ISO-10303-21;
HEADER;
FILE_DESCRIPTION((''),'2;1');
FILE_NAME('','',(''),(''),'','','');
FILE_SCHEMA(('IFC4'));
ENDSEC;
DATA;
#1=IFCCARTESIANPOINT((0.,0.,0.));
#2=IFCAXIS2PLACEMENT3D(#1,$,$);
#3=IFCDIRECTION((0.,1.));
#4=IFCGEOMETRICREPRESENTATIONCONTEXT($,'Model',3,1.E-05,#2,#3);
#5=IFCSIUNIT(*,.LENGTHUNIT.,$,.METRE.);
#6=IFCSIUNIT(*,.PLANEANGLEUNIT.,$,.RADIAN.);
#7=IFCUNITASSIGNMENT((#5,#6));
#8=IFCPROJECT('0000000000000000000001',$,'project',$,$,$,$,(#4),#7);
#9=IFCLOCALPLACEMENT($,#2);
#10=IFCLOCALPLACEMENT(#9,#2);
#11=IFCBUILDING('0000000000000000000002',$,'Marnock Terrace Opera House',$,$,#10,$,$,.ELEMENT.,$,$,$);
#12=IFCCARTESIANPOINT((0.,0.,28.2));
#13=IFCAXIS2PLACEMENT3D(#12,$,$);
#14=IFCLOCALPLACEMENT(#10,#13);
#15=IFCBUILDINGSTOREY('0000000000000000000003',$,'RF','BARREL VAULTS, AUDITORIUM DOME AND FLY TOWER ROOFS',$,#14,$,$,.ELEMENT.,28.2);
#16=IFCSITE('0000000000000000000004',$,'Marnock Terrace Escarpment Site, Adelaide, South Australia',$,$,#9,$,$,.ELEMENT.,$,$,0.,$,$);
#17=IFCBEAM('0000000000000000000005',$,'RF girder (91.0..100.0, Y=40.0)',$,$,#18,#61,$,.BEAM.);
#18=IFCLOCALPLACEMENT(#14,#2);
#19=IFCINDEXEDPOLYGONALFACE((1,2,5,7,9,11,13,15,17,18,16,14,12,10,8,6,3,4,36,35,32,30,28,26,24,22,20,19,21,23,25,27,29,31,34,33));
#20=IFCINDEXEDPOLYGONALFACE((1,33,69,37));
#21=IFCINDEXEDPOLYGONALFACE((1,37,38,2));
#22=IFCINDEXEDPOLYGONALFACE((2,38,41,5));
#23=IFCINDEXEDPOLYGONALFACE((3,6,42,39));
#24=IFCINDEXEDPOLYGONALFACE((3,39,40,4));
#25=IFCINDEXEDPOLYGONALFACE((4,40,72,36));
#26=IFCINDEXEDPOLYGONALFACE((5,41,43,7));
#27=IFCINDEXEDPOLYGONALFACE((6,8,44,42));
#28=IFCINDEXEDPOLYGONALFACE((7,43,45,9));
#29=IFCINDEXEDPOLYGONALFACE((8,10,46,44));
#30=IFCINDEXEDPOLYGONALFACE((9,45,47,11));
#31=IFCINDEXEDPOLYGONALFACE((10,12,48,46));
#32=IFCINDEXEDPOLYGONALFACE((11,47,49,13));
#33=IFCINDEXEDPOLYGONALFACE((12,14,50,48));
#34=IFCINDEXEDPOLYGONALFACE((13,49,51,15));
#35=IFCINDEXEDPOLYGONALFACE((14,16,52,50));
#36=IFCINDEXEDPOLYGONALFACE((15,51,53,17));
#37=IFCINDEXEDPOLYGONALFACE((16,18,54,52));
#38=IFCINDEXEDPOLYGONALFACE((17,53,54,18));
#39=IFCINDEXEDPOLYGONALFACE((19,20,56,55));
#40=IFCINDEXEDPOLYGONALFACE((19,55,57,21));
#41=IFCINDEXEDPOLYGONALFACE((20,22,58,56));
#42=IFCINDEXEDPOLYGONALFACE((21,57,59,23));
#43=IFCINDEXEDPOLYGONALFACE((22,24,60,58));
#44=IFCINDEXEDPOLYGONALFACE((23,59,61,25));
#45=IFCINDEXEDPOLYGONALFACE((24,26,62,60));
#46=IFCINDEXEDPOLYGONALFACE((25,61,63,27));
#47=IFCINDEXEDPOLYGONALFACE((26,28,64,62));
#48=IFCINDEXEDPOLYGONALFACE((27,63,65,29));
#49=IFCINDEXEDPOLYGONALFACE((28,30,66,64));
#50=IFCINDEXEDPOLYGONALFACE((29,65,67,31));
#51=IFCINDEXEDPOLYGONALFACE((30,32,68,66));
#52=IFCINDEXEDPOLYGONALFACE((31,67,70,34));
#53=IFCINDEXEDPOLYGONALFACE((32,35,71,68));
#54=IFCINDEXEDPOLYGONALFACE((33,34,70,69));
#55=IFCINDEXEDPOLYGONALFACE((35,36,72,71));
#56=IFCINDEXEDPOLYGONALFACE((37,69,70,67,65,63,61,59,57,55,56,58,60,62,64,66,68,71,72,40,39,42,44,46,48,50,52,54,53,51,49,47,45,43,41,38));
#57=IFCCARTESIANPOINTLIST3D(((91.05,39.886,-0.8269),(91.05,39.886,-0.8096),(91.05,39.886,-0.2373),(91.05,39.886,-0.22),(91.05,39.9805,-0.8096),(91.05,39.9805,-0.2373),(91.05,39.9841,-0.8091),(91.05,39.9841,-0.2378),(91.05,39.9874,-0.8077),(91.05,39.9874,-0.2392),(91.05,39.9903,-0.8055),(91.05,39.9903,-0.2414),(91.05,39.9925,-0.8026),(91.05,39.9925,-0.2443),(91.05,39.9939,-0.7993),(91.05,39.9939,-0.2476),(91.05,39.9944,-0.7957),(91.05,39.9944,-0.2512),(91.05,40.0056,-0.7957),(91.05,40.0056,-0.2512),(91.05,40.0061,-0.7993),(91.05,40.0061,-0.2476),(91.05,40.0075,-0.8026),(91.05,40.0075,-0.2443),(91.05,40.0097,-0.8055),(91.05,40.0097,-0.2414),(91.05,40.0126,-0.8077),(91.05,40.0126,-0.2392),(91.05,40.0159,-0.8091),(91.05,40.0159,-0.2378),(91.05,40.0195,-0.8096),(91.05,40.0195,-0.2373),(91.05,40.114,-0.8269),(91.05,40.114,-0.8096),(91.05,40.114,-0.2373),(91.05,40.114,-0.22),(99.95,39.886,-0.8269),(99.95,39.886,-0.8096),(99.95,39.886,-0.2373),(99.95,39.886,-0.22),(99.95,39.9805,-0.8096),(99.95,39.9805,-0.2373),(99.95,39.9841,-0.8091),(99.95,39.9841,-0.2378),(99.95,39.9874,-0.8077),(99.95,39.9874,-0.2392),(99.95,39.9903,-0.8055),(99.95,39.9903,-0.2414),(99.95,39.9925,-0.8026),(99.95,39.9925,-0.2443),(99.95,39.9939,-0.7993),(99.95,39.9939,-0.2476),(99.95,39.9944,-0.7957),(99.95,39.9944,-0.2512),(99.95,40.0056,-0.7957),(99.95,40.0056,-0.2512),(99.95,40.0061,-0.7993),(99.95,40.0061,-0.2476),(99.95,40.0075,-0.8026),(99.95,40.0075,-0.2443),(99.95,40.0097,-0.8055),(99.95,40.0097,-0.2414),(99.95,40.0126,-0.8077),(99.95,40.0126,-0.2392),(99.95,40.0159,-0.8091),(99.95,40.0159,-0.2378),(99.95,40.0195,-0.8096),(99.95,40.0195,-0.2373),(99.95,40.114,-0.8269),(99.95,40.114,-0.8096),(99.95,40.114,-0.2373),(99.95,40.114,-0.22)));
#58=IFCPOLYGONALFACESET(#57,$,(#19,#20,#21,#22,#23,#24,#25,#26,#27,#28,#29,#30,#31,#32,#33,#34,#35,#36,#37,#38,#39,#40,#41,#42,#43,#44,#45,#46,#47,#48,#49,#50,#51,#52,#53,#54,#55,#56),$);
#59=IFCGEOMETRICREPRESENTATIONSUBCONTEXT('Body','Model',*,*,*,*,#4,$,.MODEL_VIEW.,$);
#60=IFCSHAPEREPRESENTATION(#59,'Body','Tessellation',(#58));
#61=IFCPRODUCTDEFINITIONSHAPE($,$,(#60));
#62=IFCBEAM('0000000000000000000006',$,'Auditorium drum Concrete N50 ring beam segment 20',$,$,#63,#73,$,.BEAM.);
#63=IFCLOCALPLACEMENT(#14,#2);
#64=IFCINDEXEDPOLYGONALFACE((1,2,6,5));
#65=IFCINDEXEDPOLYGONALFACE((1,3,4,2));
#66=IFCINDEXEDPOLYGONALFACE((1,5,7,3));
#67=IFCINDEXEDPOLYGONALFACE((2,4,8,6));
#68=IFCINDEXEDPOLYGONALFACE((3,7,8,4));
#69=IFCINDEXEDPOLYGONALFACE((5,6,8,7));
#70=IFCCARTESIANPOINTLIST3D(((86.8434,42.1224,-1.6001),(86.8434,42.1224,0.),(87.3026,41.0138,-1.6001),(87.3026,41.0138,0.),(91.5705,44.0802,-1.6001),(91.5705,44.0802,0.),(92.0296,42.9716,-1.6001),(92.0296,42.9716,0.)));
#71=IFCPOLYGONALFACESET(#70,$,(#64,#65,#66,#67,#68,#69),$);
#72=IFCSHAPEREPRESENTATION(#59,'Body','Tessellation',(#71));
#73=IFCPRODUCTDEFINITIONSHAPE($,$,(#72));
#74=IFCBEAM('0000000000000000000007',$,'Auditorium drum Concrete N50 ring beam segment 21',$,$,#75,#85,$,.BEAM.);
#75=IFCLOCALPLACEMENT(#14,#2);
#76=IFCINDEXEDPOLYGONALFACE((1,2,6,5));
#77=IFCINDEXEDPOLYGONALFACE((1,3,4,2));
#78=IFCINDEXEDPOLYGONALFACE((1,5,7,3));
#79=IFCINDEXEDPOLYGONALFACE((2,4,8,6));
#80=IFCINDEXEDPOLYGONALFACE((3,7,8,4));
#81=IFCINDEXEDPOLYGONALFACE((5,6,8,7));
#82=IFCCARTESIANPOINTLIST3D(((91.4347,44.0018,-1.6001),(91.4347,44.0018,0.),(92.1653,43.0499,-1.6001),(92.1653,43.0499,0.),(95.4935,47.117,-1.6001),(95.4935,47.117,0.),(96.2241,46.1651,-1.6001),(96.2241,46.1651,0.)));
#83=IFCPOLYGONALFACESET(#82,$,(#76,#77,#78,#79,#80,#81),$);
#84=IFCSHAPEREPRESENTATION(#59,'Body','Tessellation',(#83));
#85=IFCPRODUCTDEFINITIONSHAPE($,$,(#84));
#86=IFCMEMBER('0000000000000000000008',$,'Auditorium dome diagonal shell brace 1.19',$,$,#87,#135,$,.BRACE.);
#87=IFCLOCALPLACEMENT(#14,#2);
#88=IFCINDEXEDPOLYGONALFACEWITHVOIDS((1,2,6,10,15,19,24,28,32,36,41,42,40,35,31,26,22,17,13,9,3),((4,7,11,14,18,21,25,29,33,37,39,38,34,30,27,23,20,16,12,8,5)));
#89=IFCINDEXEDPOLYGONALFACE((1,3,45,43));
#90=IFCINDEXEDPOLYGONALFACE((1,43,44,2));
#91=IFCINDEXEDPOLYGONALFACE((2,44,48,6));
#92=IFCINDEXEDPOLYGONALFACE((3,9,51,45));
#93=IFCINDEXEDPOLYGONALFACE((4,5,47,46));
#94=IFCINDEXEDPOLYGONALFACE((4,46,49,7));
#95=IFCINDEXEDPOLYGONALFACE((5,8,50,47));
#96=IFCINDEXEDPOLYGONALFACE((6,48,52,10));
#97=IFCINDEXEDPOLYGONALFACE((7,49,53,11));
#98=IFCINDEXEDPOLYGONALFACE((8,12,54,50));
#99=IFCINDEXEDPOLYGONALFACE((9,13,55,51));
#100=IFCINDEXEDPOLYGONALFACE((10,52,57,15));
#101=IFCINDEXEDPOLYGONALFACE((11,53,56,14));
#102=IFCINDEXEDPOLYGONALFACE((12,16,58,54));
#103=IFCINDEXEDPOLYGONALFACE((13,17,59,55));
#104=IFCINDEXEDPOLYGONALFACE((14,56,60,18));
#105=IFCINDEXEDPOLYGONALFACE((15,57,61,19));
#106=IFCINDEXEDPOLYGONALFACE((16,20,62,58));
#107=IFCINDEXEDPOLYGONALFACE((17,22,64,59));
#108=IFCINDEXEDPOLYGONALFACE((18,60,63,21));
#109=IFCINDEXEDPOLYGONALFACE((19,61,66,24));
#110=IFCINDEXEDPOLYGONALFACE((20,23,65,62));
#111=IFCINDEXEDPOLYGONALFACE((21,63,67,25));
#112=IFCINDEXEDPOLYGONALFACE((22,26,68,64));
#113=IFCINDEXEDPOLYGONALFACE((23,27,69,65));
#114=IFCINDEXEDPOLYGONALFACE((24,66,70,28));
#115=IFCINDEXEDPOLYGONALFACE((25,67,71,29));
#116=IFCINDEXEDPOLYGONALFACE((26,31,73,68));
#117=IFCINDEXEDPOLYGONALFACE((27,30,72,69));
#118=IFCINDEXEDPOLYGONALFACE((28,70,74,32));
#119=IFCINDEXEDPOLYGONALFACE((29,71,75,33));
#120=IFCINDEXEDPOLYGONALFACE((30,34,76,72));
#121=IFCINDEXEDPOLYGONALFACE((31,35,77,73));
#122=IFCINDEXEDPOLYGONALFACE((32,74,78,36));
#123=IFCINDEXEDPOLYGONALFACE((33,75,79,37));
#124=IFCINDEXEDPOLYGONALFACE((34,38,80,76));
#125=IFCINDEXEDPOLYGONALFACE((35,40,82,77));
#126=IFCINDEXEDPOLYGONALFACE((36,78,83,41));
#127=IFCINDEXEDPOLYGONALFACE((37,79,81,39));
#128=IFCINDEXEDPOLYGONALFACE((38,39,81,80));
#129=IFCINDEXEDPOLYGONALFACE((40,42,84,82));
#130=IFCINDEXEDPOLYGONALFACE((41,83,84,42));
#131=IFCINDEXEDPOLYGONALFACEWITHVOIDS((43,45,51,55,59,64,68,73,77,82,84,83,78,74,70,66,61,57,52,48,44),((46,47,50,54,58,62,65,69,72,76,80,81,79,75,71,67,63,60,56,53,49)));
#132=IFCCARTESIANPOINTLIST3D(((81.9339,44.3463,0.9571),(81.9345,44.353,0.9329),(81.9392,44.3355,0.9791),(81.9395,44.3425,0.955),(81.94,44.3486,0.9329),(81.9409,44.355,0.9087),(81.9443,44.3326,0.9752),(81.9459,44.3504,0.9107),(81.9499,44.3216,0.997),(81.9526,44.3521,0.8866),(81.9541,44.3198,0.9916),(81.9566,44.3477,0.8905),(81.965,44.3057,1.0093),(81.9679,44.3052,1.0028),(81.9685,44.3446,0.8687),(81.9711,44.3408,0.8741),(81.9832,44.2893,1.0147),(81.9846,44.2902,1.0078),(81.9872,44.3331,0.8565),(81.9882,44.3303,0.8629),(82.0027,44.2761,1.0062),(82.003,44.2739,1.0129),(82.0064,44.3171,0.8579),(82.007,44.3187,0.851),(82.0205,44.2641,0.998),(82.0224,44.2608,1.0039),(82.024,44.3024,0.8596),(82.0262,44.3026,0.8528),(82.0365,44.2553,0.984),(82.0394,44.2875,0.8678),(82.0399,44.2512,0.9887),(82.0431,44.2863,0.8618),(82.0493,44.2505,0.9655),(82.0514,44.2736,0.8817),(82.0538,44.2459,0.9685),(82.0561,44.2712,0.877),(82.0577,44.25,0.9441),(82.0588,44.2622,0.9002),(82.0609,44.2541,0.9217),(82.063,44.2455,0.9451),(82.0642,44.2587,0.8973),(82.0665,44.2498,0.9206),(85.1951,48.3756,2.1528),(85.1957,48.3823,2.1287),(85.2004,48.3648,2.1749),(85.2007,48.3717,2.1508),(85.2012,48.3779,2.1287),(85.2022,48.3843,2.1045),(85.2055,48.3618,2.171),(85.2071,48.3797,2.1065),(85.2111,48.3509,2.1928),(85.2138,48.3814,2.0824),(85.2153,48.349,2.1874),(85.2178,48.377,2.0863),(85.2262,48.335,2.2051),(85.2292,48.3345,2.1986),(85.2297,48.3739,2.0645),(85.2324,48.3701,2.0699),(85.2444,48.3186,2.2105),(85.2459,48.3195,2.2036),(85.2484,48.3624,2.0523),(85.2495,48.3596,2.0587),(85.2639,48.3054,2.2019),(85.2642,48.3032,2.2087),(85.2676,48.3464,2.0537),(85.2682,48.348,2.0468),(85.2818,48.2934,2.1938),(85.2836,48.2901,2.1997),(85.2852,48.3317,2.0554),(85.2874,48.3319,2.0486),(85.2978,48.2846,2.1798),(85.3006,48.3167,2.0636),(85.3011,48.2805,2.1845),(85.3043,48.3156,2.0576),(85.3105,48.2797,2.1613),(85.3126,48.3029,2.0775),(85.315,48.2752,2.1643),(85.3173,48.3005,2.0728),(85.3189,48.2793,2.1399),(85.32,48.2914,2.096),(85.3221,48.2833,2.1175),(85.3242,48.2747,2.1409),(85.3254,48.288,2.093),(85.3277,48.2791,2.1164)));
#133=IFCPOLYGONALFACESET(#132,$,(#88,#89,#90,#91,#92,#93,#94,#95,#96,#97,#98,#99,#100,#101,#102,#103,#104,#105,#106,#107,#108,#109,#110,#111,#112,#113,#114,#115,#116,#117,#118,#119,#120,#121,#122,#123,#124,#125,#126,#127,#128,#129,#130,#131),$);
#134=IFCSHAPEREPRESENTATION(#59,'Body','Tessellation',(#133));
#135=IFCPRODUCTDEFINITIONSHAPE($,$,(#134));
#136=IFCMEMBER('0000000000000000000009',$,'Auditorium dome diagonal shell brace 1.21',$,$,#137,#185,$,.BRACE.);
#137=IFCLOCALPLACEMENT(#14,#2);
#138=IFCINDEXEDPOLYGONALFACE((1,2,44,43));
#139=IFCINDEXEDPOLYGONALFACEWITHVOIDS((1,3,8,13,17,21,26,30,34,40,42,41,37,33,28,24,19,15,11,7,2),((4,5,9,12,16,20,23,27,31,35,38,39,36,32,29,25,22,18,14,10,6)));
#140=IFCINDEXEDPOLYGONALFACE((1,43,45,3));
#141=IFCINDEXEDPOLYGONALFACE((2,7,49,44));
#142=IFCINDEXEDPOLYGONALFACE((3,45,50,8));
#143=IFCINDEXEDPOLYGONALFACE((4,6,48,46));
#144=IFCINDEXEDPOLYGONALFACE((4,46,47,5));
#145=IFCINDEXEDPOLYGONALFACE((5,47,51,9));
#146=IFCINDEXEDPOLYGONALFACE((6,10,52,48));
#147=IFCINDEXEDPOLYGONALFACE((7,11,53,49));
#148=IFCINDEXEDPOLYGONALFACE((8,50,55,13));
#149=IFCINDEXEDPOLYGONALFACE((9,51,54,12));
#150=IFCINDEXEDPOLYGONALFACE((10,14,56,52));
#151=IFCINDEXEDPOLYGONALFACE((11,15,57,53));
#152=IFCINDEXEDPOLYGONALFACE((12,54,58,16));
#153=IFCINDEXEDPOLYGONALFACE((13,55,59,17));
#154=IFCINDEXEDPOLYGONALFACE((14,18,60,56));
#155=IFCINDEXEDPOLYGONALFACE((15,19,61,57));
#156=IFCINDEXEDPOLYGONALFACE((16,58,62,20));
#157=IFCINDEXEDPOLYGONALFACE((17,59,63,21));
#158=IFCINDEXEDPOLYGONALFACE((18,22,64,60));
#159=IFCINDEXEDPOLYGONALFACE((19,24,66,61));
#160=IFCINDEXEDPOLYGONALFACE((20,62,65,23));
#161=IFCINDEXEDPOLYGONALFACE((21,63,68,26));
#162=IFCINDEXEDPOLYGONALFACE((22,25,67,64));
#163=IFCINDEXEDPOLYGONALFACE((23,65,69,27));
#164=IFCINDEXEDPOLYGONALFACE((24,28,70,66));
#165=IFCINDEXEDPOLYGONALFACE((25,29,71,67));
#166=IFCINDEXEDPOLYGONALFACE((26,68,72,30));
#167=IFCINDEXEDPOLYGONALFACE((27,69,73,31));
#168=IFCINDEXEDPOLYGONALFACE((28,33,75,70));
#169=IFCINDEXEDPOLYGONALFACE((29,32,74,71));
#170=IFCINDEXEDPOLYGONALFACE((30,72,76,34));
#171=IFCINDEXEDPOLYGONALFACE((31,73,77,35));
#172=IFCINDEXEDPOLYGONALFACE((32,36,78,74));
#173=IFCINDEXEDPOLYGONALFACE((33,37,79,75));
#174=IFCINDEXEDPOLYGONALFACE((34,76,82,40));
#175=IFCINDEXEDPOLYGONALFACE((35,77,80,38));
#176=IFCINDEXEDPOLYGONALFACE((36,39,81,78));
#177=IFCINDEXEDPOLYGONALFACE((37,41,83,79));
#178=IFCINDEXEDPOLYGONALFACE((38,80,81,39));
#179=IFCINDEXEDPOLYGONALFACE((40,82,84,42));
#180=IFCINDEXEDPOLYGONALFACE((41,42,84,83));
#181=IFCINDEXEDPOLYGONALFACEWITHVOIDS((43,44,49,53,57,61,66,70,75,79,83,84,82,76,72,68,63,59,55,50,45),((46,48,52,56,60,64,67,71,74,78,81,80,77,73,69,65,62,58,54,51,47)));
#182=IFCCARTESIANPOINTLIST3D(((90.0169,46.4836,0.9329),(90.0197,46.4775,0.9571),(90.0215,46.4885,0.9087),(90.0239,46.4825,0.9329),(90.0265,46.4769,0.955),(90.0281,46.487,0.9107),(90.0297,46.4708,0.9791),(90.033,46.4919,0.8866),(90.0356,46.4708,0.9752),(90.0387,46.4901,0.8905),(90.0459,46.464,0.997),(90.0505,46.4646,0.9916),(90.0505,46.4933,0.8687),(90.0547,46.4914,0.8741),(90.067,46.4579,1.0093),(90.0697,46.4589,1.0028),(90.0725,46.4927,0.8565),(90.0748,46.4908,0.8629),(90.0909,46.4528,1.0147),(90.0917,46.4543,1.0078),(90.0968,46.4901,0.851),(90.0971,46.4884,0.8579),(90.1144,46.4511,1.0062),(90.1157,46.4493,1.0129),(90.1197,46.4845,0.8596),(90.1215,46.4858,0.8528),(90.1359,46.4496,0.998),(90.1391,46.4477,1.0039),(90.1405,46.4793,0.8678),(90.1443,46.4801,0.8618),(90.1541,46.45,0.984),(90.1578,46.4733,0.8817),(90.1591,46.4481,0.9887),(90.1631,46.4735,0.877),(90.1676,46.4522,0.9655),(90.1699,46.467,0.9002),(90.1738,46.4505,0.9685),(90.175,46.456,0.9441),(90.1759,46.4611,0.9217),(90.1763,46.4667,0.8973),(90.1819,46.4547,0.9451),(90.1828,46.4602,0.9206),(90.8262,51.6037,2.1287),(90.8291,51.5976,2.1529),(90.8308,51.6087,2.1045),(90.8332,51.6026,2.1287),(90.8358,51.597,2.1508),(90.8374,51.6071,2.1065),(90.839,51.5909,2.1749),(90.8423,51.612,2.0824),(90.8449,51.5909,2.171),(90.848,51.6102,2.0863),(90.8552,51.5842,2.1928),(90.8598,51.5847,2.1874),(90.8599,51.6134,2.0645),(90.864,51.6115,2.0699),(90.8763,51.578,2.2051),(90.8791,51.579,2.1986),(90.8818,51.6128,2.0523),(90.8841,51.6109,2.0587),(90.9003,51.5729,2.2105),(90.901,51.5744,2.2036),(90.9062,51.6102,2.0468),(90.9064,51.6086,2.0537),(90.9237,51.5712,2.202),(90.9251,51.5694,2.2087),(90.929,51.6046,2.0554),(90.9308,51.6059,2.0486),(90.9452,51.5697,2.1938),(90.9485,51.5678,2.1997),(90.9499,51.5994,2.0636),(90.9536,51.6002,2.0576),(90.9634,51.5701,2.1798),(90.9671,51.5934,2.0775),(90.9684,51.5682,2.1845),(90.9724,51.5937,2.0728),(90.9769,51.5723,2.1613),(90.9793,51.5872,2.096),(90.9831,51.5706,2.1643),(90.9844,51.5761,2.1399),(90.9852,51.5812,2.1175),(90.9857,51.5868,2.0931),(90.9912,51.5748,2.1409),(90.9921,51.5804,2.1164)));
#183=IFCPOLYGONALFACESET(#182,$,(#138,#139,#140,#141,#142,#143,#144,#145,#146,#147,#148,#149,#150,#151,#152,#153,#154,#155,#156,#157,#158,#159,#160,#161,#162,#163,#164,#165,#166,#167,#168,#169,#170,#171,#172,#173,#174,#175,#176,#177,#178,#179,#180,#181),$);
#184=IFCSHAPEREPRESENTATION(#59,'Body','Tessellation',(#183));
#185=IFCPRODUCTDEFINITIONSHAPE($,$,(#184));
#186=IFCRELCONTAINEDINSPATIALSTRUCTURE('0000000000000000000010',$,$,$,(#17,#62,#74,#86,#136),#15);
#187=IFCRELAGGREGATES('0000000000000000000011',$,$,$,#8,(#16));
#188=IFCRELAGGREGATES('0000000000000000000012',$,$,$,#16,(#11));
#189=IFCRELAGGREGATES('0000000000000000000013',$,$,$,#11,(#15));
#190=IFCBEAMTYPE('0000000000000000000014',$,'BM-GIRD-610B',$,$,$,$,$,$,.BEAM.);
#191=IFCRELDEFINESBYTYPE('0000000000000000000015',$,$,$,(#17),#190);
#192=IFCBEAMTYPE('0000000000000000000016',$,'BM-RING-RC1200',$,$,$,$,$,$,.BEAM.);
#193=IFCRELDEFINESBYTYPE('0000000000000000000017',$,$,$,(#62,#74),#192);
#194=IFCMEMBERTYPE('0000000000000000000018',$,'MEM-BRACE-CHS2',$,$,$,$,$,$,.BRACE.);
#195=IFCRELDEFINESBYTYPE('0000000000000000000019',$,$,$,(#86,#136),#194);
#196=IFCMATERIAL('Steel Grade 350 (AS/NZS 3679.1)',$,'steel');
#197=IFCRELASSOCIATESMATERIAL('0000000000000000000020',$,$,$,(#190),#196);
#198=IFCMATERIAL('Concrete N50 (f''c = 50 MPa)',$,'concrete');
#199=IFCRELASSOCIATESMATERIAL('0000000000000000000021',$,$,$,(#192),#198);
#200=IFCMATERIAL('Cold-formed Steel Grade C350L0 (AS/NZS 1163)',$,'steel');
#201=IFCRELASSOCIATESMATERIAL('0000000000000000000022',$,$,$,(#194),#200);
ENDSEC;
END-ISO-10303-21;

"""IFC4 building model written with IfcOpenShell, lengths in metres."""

from ifc_helpers import new_model, si_unit, direction, frame, origin, origin_2d, place, context, subcontext, project, spatial, rectangle, hollow_circle, i_section, extrude, material, material_profile, profile_set, type_object, element, save


model = new_model("IFC4")

# Units and contexts
model_context = context("Model", 3, precision=1e-05, world=origin(), true_north=direction((0.0, 1.0)))
body_context = subcontext(model_context, "Body", "Model", "MODEL_VIEW")
ifc_project = project(units=[si_unit("LENGTHUNIT", "METRE"), si_unit("PLANEANGLEUNIT", "RADIAN")], contexts=[model_context])

# Site, building, storey
site_placement = place(None, origin())
site = spatial("IfcSite", under=ifc_project, at=site_placement, Name="Marnock Terrace Escarpment Site, Adelaide, South Australia", CompositionType="ELEMENT", RefElevation=0.0)
building_placement = place(site_placement, origin())
building = spatial("IfcBuilding", under=site, at=building_placement, Name="Marnock Terrace Opera House", CompositionType="ELEMENT")
storey_placement = place(building_placement, frame((0.0, 0.0, 28.2)))
storey = spatial("IfcBuildingStorey", under=building, at=storey_placement, Name="RF", Description="BARREL VAULTS, AUDITORIUM DOME AND FLY TOWER ROOFS", CompositionType="ELEMENT", Elevation=28.2)

# Beams
ifc_material_1 = material(Name="Steel Grade 350 (AS/NZS 3679.1)", Category="steel")
ifc_material_profile_1 = material_profile(ifc_material_1, i_section(OverallWidth=0.228, OverallDepth=0.6069, WebThickness=0.0112, FlangeThickness=0.0173, FilletRadius=0.0139, at=origin_2d()))
ifc_profile_set_1 = profile_set([ifc_material_profile_1], Name="Steel Grade 350 (AS/NZS 3679.1)")
beam_type_1 = type_object("IfcBeamType", Name="BM-GIRD-610B", PredefinedType="BEAM", material=ifc_profile_set_1)
beam_placement = place(storey_placement, frame((91.05, 40.0, -0.5234), z_axis=(1.0, 0.0, 0.0), x_axis=(0.0, 1.0, 0.0)))
element("IfcBeam", 1, at=beam_placement, inside=storey, type_object=beam_type_1, Name="RF girder (91.0..100.0, Y=40.0)", PredefinedType="BEAM", context=body_context, shape_type="SweptSolid", body=[
    extrude(i_section(OverallWidth=0.228, OverallDepth=0.6069, WebThickness=0.0112, FlangeThickness=0.0173, FilletRadius=0.0139, at=origin_2d()), origin(), (0.0, 0.0, 1.0), 8.8999),
])
ifc_material_2 = material(Name="Concrete N50 (f'c = 50 MPa)", Category="concrete")
ifc_material_profile_2 = material_profile(ifc_material_2, rectangle(XDim=1.2, YDim=1.6001, at=origin_2d()))
ifc_profile_set_2 = profile_set([ifc_material_profile_2], Name="Concrete N50 (f'c = 50 MPa)")
beam_type_2 = type_object("IfcBeamType", Name="BM-RING-RC1200", PredefinedType="BEAM", material=ifc_profile_set_2)
for number, where, z_axis, x_axis, name in (
    (2, (87.073, 41.5681, -0.8), (0.923896, 0.382643, 0.0), (-0.382643, 0.923896, 0.0), "Auditorium drum Concrete N50 ring beam segment 20"),
    (3, (91.8, 43.5259, -0.8), (0.79328, 0.608857, 0.0), (-0.608857, 0.79328, 0.0), "Auditorium drum Concrete N50 ring beam segment 21"),
):
    element("IfcBeam", number, at=place(storey_placement, frame(where, z_axis=z_axis, x_axis=x_axis)), inside=storey, type_object=beam_type_2, Name=name, PredefinedType="BEAM", context=body_context, shape_type="SweptSolid", body=[
        extrude(rectangle(XDim=1.2, YDim=1.6001, at=origin_2d()), origin(), (0.0, 0.0, 1.0), 5.1165),
    ])

# Members
ifc_material_3 = material(Name="Cold-formed Steel Grade C350L0 (AS/NZS 1163)", Category="steel")
ifc_material_profile_3 = material_profile(ifc_material_3, hollow_circle(Radius=0.0842, WallThickness=0.0071, at=origin_2d()))
ifc_profile_set_3 = profile_set([ifc_material_profile_3], Name="Cold-formed Steel Grade C350L0 (AS/NZS 1163)")
member_type_1 = type_object("IfcMemberType", Name="MEM-BRACE-CHS2", PredefinedType="BRACE", material=ifc_profile_set_3)
for number, where, z_axis, x_axis, name in (
    (4, (82.0, 44.3, 0.9329), (0.613031, 0.757408, 0.224781), (-0.7773, 0.62913, 0.0), "Auditorium dome diagonal shell brace 1.19"),
    (5, (90.1001, 46.4705, 0.9329), (0.152134, 0.96246, 0.224782), (-0.987737, 0.156129, 0.0), "Auditorium dome diagonal shell brace 1.21"),
):
    element("IfcMember", number, at=place(storey_placement, frame(where, z_axis=z_axis, x_axis=x_axis)), inside=storey, type_object=member_type_1, Name=name, PredefinedType="BRACE", context=body_context, shape_type="SweptSolid", body=[
        extrude(hollow_circle(Radius=0.0842, WallThickness=0.0071, at=origin_2d()), origin(), (0.0, 0.0, 1.0), 5.3198),
    ])

save(model, "model.ifc")
